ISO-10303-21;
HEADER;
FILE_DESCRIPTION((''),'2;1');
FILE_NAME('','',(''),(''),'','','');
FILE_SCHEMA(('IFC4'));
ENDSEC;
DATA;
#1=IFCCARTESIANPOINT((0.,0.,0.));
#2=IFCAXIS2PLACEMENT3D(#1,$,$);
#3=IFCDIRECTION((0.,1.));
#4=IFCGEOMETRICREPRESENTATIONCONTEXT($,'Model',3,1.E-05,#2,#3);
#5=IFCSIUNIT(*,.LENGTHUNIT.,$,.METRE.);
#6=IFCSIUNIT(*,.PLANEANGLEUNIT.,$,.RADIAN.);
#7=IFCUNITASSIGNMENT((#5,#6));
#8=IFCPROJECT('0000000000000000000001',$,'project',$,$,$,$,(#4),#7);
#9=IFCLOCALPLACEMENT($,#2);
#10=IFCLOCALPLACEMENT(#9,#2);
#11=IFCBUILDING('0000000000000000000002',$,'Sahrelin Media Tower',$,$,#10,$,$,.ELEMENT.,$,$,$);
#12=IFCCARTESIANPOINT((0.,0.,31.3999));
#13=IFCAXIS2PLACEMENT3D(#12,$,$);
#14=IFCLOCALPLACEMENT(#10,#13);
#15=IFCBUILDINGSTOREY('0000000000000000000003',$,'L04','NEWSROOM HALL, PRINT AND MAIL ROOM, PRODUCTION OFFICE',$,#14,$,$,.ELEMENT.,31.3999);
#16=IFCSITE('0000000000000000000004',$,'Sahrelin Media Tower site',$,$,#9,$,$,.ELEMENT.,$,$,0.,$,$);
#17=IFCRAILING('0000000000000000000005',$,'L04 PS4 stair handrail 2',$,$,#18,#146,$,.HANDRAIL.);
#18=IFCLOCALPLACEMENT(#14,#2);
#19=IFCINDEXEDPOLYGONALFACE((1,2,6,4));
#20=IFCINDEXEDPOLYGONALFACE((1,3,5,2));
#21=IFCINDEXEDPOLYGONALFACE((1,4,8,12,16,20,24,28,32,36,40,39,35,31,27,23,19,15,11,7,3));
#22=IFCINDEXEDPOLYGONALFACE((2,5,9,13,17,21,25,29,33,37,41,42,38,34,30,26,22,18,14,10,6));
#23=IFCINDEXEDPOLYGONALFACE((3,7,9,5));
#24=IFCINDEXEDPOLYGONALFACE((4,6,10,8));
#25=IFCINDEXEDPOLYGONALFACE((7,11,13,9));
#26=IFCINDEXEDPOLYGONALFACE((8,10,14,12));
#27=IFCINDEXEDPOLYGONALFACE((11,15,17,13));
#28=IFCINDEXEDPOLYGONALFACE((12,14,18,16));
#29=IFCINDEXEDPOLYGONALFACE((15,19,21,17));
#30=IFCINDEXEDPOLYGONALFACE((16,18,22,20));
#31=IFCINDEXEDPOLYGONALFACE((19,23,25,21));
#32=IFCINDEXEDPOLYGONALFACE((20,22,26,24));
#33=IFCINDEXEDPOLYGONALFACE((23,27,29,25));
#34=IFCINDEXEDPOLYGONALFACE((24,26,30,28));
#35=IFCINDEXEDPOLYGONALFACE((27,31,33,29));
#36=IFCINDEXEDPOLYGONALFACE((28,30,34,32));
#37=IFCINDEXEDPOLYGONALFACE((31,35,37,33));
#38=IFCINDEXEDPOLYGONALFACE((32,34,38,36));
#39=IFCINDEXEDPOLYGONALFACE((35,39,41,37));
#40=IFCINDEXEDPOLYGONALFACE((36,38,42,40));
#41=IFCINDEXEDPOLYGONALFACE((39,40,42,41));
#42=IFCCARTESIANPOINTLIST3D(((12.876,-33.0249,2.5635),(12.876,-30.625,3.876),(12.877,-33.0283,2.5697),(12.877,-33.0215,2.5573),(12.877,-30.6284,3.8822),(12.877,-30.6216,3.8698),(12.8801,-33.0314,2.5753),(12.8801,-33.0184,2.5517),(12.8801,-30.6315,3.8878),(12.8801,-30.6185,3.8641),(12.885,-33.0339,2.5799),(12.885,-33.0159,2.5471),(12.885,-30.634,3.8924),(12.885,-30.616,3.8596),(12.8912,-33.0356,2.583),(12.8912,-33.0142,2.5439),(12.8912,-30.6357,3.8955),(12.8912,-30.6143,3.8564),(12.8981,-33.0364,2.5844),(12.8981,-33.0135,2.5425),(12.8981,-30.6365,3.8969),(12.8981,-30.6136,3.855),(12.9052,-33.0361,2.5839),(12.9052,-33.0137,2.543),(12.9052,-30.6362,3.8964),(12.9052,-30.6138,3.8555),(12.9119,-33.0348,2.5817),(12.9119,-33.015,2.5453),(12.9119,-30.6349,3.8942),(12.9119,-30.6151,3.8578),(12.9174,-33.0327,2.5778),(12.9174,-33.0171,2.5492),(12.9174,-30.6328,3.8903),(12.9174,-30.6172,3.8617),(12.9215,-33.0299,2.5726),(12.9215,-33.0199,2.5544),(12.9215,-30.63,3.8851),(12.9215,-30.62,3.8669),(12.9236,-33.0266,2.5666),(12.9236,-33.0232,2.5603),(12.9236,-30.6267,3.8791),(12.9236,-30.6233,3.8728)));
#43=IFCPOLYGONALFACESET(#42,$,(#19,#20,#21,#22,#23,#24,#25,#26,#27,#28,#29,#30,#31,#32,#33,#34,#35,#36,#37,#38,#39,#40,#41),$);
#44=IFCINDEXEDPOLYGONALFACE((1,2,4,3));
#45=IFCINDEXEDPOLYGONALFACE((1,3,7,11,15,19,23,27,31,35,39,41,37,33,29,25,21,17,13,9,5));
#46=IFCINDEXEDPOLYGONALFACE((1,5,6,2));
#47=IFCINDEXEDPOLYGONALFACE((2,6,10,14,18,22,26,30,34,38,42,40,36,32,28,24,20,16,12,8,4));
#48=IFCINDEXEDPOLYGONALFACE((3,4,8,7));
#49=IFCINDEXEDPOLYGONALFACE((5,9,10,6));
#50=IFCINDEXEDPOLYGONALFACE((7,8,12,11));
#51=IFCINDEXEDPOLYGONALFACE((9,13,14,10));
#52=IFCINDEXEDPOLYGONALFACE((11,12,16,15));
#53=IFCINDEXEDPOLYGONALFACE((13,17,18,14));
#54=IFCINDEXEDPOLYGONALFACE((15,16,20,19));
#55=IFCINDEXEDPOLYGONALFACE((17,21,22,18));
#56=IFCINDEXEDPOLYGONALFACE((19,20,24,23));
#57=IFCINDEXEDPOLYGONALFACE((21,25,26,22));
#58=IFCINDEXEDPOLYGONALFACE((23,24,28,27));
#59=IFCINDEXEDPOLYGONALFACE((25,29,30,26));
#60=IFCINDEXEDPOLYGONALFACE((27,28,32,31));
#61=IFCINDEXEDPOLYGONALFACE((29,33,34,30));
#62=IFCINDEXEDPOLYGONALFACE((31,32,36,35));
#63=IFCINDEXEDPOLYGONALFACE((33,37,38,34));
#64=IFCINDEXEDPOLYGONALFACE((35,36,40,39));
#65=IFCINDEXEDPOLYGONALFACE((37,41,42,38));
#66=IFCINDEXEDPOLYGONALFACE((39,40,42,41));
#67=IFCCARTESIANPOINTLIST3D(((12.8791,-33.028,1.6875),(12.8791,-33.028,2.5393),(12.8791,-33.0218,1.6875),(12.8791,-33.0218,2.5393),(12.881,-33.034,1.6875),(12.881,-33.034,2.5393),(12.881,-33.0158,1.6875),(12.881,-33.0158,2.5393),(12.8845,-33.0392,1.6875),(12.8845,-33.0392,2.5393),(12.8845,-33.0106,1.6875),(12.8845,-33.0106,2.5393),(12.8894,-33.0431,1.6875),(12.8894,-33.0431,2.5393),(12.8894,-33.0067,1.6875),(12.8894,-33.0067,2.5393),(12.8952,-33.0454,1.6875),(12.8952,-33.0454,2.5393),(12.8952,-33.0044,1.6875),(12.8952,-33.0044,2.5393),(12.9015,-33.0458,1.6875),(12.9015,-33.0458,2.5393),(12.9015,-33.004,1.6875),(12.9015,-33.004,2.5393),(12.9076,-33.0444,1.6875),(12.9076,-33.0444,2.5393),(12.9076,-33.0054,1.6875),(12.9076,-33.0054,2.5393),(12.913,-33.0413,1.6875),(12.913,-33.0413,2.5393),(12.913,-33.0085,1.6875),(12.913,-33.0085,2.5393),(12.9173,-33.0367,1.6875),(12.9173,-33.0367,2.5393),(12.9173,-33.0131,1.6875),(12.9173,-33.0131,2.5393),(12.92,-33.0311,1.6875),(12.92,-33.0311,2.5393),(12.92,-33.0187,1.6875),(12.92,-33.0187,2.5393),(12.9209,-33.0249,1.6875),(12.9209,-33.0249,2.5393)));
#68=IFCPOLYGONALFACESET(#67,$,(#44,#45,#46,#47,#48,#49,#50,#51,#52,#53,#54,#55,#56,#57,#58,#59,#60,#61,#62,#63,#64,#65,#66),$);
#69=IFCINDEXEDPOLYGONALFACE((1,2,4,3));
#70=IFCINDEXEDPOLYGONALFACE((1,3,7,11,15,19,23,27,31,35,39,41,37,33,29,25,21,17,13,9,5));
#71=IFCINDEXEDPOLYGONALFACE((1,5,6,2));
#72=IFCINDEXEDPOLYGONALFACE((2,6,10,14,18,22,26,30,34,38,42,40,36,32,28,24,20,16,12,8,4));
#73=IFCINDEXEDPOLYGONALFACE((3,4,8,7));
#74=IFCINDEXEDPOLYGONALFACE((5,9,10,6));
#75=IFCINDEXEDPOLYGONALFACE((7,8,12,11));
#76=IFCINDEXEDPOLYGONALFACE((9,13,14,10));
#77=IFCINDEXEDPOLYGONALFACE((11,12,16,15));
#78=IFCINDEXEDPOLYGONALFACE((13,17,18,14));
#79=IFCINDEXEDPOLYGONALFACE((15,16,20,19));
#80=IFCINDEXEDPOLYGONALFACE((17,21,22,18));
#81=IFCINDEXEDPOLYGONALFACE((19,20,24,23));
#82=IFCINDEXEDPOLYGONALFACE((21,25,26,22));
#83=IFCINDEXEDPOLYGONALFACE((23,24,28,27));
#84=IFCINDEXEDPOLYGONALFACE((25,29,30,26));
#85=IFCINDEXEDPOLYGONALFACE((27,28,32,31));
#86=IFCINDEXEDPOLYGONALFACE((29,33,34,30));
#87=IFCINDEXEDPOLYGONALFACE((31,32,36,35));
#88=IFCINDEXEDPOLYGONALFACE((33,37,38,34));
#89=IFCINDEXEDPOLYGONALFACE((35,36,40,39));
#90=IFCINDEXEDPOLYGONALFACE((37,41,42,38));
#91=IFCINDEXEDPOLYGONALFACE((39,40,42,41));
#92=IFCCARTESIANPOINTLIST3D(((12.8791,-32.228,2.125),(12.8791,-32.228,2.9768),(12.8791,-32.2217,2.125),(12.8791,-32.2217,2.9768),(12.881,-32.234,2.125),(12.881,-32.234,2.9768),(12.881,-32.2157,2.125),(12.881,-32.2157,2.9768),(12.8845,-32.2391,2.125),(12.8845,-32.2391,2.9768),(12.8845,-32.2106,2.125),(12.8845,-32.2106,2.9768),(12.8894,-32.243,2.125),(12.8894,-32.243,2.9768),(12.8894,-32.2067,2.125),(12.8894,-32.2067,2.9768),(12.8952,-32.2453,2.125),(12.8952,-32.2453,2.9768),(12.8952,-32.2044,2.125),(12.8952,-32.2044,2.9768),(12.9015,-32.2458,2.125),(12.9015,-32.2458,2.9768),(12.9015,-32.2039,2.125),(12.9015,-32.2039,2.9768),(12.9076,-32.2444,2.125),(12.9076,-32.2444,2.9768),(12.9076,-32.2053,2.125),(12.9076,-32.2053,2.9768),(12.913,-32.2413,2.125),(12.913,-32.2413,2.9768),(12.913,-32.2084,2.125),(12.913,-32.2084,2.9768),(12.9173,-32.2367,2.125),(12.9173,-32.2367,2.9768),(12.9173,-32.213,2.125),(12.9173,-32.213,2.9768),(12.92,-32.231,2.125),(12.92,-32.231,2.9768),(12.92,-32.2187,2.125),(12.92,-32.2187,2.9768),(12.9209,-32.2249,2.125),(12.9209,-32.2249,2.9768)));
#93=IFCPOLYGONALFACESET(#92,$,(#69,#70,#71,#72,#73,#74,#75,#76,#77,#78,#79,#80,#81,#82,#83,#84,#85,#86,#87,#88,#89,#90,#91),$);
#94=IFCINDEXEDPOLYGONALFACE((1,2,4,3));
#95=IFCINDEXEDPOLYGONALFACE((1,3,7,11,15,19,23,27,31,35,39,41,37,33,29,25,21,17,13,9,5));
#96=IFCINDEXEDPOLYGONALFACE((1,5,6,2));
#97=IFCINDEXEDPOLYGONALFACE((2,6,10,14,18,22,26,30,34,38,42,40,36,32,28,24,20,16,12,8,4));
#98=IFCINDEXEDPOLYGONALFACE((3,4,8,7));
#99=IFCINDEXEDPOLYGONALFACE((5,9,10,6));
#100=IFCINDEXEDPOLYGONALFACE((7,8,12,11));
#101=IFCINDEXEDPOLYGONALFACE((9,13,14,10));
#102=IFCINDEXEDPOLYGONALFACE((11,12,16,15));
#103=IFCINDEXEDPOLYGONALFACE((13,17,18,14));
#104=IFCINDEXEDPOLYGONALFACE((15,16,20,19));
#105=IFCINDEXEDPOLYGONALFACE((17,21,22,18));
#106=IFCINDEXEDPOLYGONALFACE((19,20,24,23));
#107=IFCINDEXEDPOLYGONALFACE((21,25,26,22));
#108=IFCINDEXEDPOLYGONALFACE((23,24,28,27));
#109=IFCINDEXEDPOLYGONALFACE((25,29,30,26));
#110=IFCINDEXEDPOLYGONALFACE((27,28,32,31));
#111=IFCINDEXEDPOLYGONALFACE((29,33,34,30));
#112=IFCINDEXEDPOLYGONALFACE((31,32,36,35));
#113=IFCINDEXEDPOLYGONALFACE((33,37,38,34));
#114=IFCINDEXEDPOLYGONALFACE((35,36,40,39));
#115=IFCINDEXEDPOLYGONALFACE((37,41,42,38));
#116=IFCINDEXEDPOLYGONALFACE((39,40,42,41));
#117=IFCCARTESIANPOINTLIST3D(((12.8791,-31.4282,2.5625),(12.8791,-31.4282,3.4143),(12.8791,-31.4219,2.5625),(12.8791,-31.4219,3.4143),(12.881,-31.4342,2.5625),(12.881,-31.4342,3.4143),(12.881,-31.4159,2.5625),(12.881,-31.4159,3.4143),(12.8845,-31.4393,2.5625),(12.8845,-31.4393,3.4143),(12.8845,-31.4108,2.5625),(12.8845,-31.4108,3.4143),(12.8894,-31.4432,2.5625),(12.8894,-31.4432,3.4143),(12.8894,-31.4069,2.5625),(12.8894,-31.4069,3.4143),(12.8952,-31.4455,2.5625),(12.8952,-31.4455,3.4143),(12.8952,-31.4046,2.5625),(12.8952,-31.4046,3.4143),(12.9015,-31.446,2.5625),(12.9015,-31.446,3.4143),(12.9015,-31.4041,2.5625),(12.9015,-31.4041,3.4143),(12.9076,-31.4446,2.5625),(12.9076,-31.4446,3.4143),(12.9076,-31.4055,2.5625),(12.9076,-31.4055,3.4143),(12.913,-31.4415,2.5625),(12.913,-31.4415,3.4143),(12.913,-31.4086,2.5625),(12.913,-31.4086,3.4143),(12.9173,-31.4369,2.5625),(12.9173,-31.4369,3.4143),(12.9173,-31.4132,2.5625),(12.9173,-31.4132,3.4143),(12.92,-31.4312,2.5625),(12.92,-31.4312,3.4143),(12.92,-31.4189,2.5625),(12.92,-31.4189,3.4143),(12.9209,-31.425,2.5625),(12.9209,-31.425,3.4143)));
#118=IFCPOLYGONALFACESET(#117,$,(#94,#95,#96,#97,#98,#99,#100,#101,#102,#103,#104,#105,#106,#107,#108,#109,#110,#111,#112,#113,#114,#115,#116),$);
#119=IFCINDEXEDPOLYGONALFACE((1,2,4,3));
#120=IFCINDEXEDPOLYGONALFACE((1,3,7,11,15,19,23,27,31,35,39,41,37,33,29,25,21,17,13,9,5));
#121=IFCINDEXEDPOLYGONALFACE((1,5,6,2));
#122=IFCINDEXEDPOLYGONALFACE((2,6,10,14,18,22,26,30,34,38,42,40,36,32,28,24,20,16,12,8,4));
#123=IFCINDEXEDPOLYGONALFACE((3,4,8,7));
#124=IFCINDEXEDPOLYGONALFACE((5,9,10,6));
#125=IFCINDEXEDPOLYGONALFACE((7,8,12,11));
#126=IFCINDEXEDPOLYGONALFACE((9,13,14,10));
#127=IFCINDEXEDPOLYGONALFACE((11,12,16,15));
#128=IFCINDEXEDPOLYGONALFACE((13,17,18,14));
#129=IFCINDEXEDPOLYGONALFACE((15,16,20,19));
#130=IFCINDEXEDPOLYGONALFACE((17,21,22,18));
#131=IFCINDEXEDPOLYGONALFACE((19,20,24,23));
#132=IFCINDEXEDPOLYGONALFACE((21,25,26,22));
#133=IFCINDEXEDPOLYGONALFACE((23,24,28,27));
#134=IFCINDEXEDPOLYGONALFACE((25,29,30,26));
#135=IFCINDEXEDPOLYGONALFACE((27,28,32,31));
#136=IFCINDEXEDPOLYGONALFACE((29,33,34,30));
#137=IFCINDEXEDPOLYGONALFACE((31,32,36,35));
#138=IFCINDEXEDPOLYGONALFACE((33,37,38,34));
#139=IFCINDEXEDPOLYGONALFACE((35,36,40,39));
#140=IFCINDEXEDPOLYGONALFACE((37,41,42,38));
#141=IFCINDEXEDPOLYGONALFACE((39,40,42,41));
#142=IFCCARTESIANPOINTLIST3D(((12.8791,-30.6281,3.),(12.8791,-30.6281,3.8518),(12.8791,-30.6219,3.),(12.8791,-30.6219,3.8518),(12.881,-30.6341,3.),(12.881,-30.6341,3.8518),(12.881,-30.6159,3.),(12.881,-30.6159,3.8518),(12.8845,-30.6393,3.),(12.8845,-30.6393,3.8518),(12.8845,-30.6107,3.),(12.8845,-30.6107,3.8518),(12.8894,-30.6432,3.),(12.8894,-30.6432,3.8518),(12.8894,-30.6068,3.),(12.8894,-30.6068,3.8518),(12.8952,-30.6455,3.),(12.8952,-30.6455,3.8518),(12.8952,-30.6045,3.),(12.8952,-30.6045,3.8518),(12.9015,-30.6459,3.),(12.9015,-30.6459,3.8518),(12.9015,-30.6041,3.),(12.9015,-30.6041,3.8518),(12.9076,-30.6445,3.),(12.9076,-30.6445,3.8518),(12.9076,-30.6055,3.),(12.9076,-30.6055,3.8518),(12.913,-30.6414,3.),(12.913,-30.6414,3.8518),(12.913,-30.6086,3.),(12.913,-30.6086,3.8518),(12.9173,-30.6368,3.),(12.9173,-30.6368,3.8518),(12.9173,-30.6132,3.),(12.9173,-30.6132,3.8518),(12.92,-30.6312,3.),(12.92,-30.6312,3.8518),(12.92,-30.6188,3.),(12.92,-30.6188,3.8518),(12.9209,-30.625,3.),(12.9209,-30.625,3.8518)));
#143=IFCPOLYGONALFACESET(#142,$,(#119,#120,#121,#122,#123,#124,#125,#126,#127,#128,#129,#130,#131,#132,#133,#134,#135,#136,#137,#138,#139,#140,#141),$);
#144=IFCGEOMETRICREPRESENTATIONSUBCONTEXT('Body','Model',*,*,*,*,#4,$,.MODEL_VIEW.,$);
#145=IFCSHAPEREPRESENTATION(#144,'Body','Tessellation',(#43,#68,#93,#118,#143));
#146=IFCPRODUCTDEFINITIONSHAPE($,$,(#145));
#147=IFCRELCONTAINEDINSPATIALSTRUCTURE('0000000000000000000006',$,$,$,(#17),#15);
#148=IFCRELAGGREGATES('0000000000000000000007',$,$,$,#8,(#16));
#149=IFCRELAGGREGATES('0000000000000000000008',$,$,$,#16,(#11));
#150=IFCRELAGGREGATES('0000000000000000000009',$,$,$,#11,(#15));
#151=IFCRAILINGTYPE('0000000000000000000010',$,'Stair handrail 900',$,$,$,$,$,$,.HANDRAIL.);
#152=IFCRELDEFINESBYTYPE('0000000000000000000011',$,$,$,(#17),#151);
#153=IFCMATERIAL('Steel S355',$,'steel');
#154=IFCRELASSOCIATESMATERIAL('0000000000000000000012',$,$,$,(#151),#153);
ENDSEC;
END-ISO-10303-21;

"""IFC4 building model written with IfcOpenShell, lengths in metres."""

from ifc_helpers import new_model, si_unit, direction, frame, origin, origin_2d, place, context, subcontext, project, spatial, circle, extrude, material, type_object, element, save


model = new_model("IFC4")

# Units and contexts
model_context = context("Model", 3, precision=1e-05, world=origin(), true_north=direction((0.0, 1.0)))
body_context = subcontext(model_context, "Body", "Model", "MODEL_VIEW")
ifc_project = project(units=[si_unit("LENGTHUNIT", "METRE"), si_unit("PLANEANGLEUNIT", "RADIAN")], contexts=[model_context])

# Site, building, storey
site_placement = place(None, origin())
site = spatial("IfcSite", under=ifc_project, at=site_placement, Name="Sahrelin Media Tower site", CompositionType="ELEMENT", RefElevation=0.0)
building_placement = place(site_placement, origin())
building = spatial("IfcBuilding", under=site, at=building_placement, Name="Sahrelin Media Tower", CompositionType="ELEMENT")
storey_placement = place(building_placement, frame((0.0, 0.0, 31.3999)))
storey = spatial("IfcBuildingStorey", under=building, at=storey_placement, Name="L04", Description="NEWSROOM HALL, PRINT AND MAIL ROOM, PRODUCTION OFFICE", CompositionType="ELEMENT", Elevation=31.3999)

# Shared definitions
ifc_material_1 = material(Name="Steel S355", Category="steel")

# Railing
railing_type_1 = type_object("IfcRailingType", Name="Stair handrail 900", PredefinedType="HANDRAIL", material=ifc_material_1)
railing_1_placement = place(storey_placement, frame((12.8999, -33.0249, 1.6875)))
element("IfcRailing", 1, at=railing_1_placement, inside=storey, type_object=railing_type_1, Name="L04 PS4 stair handrail 2", PredefinedType="HANDRAIL", context=body_context, shape_type="SweptSolid", body=[
    extrude(circle(Radius=0.0239, at=origin_2d()), frame((0.0, 0.0, 0.876), z_axis=(0.0, 0.877363, 0.479827), x_axis=(-1.0, 0.0, 0.0)), (0.0, 0.0, 1.0), 2.7354),
    extrude(circle(Radius=0.021, at=origin_2d()), origin(), (0.0, 0.0, 1.0), 0.8518),
    extrude(circle(Radius=0.021, at=origin_2d()), frame((0.0, 0.8, 0.4375)), (0.0, 0.0, 1.0), 0.8518),
    extrude(circle(Radius=0.021, at=origin_2d()), frame((0.0, 1.5999, 0.875)), (0.0, 0.0, 1.0), 0.8518),
    extrude(circle(Radius=0.021, at=origin_2d()), frame((0.0, 2.3999, 1.3125)), (0.0, 0.0, 1.0), 0.8518),
])

save(model, "model.ifc")
